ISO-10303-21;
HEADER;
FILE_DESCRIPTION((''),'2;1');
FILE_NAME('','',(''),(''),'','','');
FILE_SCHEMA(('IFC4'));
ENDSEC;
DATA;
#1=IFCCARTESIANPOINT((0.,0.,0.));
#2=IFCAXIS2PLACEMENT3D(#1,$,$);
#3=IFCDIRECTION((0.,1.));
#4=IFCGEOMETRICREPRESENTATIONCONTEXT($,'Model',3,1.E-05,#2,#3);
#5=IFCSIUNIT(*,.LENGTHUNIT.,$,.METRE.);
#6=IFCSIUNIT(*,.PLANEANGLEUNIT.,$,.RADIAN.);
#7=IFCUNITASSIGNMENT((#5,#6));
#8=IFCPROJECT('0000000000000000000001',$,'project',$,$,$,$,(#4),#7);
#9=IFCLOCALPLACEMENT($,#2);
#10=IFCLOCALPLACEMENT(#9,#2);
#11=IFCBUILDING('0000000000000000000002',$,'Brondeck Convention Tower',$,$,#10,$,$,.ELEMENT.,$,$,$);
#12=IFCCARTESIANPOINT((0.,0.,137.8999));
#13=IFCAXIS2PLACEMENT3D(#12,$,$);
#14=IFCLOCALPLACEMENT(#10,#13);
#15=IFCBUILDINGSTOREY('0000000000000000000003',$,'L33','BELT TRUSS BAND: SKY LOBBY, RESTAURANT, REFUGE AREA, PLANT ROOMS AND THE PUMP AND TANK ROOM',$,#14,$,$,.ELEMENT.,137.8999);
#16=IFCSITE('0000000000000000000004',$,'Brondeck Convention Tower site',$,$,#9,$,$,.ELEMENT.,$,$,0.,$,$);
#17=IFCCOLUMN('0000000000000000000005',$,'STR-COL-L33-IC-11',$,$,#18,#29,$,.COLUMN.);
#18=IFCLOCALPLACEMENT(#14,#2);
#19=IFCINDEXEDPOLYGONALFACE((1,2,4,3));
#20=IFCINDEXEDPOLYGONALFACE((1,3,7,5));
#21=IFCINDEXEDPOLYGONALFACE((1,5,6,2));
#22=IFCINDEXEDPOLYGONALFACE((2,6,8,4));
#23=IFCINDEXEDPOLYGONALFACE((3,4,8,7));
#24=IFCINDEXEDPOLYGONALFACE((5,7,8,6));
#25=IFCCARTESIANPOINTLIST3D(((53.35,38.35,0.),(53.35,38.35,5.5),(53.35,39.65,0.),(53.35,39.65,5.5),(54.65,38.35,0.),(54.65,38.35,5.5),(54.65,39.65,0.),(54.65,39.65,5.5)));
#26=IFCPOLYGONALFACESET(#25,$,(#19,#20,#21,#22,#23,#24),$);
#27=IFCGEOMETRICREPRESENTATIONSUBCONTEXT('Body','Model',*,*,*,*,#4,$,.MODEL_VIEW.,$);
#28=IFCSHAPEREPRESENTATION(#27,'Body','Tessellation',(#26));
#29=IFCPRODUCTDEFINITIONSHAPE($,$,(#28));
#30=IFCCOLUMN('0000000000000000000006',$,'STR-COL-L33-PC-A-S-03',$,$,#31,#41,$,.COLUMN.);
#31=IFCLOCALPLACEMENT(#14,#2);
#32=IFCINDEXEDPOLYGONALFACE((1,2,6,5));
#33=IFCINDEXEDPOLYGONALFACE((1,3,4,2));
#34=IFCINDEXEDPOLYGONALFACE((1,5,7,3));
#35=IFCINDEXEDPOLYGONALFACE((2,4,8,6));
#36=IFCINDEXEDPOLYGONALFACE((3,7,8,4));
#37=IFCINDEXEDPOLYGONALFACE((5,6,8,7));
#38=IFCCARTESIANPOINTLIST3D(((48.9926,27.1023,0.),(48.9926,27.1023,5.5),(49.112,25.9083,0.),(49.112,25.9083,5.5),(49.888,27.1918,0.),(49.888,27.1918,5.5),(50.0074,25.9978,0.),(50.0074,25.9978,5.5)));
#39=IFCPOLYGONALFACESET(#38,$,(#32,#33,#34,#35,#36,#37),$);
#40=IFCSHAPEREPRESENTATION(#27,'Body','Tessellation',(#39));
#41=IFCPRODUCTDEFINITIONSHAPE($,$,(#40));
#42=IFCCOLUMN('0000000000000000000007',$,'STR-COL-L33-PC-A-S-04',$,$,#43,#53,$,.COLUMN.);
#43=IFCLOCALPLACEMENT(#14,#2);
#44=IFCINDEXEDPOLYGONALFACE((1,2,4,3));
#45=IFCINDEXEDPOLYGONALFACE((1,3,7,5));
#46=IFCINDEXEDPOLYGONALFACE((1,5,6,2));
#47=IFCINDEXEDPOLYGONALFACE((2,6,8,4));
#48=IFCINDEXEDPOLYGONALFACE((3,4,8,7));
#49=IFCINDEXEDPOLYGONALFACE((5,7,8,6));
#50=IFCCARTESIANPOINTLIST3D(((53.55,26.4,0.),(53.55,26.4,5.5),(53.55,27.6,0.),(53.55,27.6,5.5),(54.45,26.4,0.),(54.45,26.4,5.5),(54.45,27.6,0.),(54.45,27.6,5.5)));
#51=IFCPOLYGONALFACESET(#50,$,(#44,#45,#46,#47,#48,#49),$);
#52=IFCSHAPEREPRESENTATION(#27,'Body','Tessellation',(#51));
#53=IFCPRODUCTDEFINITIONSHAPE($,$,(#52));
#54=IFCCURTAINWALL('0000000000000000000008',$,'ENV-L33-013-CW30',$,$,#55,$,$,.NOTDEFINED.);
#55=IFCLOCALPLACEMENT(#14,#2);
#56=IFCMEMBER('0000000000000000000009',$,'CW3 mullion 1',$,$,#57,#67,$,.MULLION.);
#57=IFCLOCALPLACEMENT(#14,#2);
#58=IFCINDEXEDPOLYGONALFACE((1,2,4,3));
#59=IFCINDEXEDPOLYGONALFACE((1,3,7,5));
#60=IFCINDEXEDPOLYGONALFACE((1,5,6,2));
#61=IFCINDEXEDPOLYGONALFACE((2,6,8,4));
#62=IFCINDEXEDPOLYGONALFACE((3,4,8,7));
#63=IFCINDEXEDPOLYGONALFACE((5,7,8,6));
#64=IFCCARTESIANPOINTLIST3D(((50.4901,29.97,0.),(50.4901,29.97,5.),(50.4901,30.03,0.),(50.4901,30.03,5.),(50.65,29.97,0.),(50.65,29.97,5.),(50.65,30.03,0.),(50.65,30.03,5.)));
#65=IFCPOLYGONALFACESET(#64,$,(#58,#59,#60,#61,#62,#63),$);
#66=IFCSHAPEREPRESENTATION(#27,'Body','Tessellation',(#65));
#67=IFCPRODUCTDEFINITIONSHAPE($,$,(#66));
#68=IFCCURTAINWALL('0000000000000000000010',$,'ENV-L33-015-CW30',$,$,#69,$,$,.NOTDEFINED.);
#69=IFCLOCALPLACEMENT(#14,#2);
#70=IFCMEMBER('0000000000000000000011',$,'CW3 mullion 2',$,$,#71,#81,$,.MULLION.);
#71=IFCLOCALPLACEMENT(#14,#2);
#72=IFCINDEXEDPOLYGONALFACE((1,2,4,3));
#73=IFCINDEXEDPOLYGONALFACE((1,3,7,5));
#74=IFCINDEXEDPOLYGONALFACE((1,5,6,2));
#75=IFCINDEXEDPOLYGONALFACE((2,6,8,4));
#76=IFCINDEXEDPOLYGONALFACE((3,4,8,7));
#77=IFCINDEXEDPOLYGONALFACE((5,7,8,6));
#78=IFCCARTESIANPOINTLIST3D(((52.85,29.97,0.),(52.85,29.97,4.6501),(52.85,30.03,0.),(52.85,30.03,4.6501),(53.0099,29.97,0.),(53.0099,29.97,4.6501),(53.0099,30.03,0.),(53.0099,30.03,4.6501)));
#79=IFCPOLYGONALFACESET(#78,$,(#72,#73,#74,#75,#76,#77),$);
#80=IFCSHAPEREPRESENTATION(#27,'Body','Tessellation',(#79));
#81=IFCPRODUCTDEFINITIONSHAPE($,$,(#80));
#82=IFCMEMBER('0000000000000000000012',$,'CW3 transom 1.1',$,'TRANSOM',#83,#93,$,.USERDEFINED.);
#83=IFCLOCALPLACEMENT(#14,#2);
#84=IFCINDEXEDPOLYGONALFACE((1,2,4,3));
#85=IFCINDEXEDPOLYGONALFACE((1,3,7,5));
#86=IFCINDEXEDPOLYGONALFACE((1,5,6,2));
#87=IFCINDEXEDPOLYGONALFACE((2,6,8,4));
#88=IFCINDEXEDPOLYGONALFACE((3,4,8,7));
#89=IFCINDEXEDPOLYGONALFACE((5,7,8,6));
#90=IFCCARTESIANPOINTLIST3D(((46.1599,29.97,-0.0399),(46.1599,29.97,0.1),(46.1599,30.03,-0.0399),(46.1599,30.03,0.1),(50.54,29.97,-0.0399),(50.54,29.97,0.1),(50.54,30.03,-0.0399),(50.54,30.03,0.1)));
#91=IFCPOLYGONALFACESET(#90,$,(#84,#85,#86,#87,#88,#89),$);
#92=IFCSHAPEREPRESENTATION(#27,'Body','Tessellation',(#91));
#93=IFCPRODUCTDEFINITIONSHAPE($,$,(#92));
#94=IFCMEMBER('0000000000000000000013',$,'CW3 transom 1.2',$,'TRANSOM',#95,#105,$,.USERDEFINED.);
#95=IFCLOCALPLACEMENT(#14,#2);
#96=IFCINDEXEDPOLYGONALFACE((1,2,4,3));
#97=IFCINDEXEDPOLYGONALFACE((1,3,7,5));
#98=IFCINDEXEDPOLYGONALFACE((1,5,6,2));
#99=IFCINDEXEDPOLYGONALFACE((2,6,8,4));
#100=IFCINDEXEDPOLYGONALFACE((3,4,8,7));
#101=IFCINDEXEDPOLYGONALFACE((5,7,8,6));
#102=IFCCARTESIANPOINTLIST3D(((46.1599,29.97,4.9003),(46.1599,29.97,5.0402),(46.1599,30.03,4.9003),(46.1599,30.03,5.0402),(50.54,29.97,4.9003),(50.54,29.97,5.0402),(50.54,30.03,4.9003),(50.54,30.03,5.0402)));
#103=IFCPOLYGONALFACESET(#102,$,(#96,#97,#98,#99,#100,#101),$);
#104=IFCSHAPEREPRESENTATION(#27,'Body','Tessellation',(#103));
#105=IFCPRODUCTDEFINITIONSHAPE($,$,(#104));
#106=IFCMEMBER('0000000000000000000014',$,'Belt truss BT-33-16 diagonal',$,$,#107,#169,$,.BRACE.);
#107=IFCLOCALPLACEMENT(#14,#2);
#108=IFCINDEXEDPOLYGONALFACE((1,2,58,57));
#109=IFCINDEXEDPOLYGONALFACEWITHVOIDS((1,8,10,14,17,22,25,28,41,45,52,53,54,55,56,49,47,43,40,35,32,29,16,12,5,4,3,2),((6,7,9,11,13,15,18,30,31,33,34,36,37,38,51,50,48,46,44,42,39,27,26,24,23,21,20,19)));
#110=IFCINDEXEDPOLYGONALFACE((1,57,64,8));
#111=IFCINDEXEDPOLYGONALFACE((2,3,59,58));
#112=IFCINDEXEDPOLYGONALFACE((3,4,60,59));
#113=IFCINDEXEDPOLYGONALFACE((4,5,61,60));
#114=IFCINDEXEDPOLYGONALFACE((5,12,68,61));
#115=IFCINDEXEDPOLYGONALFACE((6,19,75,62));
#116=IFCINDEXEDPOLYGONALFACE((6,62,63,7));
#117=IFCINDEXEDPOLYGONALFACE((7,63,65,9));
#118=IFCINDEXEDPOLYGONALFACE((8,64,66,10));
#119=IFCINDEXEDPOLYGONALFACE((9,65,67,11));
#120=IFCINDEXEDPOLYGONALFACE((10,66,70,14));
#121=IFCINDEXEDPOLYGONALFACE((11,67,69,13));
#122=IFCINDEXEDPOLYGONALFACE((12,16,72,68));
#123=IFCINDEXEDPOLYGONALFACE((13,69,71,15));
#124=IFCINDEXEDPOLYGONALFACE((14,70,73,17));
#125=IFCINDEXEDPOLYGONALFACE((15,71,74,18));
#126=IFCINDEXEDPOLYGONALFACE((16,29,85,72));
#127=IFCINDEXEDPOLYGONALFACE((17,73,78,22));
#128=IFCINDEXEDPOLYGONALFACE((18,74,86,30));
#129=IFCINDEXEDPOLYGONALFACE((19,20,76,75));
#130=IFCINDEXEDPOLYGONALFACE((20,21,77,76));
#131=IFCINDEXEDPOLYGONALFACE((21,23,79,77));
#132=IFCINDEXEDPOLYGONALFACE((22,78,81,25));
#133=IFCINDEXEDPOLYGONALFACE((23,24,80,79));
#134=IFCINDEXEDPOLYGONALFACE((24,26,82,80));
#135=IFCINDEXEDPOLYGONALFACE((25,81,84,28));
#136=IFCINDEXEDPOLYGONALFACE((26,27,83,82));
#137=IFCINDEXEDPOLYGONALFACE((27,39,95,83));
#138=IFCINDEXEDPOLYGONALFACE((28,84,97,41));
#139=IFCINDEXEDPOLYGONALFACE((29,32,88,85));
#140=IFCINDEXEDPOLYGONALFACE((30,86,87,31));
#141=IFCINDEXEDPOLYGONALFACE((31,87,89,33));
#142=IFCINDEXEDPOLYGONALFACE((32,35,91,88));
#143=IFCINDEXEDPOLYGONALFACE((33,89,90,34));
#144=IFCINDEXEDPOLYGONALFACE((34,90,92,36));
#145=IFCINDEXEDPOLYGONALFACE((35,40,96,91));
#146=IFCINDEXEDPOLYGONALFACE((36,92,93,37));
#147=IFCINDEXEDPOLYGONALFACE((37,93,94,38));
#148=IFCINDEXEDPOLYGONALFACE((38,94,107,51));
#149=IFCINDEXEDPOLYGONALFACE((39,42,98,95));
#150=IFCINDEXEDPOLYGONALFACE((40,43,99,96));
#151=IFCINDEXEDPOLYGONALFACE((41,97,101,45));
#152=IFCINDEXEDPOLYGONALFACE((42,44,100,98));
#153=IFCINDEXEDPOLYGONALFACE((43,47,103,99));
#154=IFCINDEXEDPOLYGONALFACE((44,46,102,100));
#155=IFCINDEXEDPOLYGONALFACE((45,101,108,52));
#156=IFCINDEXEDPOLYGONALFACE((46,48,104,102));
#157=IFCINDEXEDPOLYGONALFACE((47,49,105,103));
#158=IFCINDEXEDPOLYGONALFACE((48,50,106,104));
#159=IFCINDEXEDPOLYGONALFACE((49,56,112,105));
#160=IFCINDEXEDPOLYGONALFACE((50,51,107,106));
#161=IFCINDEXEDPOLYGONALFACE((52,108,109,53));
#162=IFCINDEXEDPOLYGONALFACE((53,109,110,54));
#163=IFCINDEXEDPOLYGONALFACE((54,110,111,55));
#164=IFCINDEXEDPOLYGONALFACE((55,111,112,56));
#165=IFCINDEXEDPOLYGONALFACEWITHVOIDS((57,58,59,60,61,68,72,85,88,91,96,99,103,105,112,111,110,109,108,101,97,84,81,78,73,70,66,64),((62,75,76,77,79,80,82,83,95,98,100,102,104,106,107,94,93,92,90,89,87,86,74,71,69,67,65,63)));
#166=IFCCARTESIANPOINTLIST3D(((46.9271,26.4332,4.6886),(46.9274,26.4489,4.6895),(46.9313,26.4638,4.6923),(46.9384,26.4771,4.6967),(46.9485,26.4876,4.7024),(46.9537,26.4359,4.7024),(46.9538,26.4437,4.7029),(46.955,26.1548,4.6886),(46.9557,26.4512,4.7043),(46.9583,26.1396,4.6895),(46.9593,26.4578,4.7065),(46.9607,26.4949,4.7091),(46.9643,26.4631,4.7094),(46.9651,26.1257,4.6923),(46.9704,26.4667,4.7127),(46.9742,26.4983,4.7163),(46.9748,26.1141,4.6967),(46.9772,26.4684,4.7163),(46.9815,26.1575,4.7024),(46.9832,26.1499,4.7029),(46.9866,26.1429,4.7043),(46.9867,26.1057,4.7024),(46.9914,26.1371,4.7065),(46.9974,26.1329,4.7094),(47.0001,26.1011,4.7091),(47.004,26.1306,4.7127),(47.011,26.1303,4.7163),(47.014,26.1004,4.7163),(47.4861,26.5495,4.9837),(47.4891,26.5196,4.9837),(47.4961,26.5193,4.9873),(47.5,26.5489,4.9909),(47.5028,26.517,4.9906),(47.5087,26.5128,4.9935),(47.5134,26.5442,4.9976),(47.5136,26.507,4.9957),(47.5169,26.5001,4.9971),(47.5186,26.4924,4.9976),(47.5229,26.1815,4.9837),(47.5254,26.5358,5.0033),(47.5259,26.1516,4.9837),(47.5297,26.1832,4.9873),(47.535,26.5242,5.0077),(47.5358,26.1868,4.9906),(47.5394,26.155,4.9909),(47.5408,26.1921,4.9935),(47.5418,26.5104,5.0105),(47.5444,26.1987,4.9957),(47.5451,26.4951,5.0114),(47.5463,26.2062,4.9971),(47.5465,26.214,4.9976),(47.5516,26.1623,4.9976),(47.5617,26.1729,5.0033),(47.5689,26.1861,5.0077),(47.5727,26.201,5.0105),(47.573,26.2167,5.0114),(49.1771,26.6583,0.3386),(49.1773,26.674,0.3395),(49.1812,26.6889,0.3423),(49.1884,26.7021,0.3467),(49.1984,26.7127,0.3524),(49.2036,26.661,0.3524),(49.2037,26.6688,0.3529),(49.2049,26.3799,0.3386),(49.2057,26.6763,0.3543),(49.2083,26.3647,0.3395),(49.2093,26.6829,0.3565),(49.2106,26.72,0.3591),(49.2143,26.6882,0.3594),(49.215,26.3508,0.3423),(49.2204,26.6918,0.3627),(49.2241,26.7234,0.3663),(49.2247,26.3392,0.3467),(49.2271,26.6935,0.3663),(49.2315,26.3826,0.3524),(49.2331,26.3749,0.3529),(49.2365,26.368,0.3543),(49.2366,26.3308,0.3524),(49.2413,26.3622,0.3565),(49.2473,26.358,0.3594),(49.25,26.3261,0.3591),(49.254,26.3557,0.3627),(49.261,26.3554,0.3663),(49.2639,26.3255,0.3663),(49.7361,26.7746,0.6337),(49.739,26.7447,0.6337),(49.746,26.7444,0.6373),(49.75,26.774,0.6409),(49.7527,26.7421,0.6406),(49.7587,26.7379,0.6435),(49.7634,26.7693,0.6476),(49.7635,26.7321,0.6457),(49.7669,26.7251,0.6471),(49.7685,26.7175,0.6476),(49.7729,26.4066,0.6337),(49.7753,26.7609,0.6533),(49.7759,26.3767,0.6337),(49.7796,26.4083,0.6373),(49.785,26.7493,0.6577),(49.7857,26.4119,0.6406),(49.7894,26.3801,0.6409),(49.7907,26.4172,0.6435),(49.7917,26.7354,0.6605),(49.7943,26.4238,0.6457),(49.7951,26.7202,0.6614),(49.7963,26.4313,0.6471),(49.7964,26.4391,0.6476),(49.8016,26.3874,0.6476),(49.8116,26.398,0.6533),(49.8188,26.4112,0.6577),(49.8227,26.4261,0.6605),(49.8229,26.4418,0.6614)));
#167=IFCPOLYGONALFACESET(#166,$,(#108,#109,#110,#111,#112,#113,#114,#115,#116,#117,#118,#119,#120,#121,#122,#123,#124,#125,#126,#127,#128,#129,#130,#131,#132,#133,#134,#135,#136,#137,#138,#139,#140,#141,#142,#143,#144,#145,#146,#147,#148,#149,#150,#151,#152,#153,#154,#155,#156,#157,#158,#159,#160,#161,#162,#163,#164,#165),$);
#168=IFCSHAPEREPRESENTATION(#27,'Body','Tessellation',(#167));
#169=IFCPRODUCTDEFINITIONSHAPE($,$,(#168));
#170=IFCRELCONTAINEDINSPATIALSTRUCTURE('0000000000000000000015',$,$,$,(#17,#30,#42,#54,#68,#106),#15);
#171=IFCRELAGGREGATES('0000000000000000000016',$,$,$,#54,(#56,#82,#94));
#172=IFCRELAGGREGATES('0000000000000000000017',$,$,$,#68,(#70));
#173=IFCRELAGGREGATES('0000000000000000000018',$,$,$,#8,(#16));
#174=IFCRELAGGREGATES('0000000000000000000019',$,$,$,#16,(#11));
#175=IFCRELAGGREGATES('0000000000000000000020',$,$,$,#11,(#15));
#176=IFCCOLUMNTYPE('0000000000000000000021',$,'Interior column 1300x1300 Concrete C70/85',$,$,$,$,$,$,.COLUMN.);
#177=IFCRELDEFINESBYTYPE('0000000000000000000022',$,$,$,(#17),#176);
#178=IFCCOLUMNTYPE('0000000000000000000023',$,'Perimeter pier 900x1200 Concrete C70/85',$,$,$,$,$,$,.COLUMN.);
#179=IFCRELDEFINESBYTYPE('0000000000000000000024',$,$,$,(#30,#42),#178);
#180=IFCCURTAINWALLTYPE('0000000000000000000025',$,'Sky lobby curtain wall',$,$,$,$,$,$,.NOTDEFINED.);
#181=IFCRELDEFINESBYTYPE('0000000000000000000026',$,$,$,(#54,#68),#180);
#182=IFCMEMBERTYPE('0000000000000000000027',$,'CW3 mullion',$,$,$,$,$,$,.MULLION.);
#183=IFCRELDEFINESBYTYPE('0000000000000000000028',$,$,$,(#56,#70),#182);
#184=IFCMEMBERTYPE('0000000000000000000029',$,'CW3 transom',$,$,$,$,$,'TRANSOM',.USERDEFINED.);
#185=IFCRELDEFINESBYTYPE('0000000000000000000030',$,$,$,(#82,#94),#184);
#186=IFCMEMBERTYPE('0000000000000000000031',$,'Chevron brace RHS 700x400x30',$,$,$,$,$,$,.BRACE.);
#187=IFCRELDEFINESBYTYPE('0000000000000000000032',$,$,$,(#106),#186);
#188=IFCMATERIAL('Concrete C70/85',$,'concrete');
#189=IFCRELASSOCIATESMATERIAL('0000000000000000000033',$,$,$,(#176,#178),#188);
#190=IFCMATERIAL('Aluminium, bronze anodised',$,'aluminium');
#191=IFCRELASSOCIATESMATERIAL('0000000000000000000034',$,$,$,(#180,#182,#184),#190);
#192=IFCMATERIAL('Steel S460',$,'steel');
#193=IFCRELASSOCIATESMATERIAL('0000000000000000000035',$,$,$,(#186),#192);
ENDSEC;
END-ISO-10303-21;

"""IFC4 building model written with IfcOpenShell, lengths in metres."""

from ifc_helpers import new_model, si_unit, direction, frame, origin, origin_2d, place, context, subcontext, project, spatial, rectangle, hollow_rectangle, extrude, material, material_profile, profile_set, type_object, element, aggregate, save


model = new_model("IFC4")

# Units and contexts
model_context = context("Model", 3, precision=1e-05, world=origin(), true_north=direction((0.0, 1.0)))
body_context = subcontext(model_context, "Body", "Model", "MODEL_VIEW")
ifc_project = project(units=[si_unit("LENGTHUNIT", "METRE"), si_unit("PLANEANGLEUNIT", "RADIAN")], contexts=[model_context])

# Site, building, storey
site_placement = place(None, origin())
site = spatial("IfcSite", under=ifc_project, at=site_placement, Name="Brondeck Convention Tower site", CompositionType="ELEMENT", RefElevation=0.0)
building_placement = place(site_placement, origin())
building = spatial("IfcBuilding", under=site, at=building_placement, Name="Brondeck Convention Tower", CompositionType="ELEMENT")
storey_placement = place(building_placement, frame((0.0, 0.0, 137.8999)))
storey = spatial("IfcBuildingStorey", under=building, at=storey_placement, Name="L33", Description="BELT TRUSS BAND: SKY LOBBY, RESTAURANT, REFUGE AREA, PLANT ROOMS AND THE PUMP AND TANK ROOM", CompositionType="ELEMENT", Elevation=137.8999)

# Columns
ifc_material_1 = material(Name="Concrete C70/85", Category="concrete")
ifc_material_profile_1 = material_profile(ifc_material_1, rectangle(XDim=1.3, YDim=1.3, at=origin_2d()), Name="Interior column 1300x1300 Concrete C70/85")
ifc_profile_set_1 = profile_set([ifc_material_profile_1], Name="Concrete C70/85")
column_type_1 = type_object("IfcColumnType", Name="Interior column 1300x1300 Concrete C70/85", PredefinedType="COLUMN", material=ifc_profile_set_1)
column_placement = place(storey_placement, frame((54.0, 39.0, 0.0), z_axis=(0.0, 0.0, 1.0), x_axis=(1.0, 0.0, 0.0)))
element("IfcColumn", 1, at=column_placement, inside=storey, type_object=column_type_1, Name="STR-COL-L33-IC-11", PredefinedType="COLUMN", context=body_context, shape_type="SweptSolid", body=[
    extrude(rectangle(XDim=1.3, YDim=1.3, at=origin_2d()), origin(), (0.0, 0.0, 1.0), 5.5),
])
ifc_material_profile_2 = material_profile(ifc_material_1, rectangle(XDim=0.8999, YDim=1.2, at=origin_2d()), Name="Perimeter pier 900x1200 Concrete C70/85")
ifc_profile_set_2 = profile_set([ifc_material_profile_2], Name="Concrete C70/85")
column_type_2 = type_object("IfcColumnType", Name="Perimeter pier 900x1200 Concrete C70/85", PredefinedType="COLUMN", material=ifc_profile_set_2)
for number, where, z_axis, x_axis, name in (
    (2, (49.5, 26.55, 0.0), (0.0, 0.0, 1.0), (0.995037, 0.099504, 0.0), "STR-COL-L33-PC-A-S-03"),
    (3, (54.0, 27.0, 0.0), (0.0, 0.0, 1.0), (1.0, 0.0, 0.0), "STR-COL-L33-PC-A-S-04"),
):
    element("IfcColumn", number, at=place(storey_placement, frame(where, z_axis=z_axis, x_axis=x_axis)), inside=storey, type_object=column_type_2, Name=name, PredefinedType="COLUMN", context=body_context, shape_type="SweptSolid", body=[
        extrude(rectangle(XDim=0.8999, YDim=1.2, at=origin_2d()), origin(), (0.0, 0.0, 1.0), 5.5),
    ])

# Curtain walls, members
ifc_material_2 = material(Name="Aluminium, bronze anodised", Category="aluminium")
curtain_wall_type = type_object("IfcCurtainWallType", Name="Sky lobby curtain wall", PredefinedType="NOTDEFINED", material=ifc_material_2)
curtain_wall_1_placement = place(storey_placement, origin())
curtain_wall_1 = element("IfcCurtainWall", 4, at=curtain_wall_1_placement, inside=storey, type_object=curtain_wall_type, Name="ENV-L33-013-CW30", PredefinedType="NOTDEFINED")
ifc_material_profile_3 = material_profile(ifc_material_2, rectangle(XDim=0.0601, YDim=0.1599, at=origin_2d()), Name="CW3 mullion")
ifc_profile_set_3 = profile_set([ifc_material_profile_3], Name="Aluminium, bronze anodised")
member_type_1 = type_object("IfcMemberType", Name="CW3 mullion", PredefinedType="MULLION", material=ifc_profile_set_3)
member_1_placement = place(storey_placement, frame((50.5701, 30.0, 0.0), z_axis=(0.0, 0.0, 1.0), x_axis=(0.0, -1.0, 0.0)))
member_1 = element("IfcMember", 5, at=member_1_placement, type_object=member_type_1, Name="CW3 mullion 1", PredefinedType="MULLION", context=body_context, shape_type="SweptSolid", body=[
    extrude(rectangle(XDim=0.0601, YDim=0.1599, at=origin_2d()), origin(), (0.0, 0.0, 1.0), 5.0),
])
curtain_wall_2_placement = place(storey_placement, origin())
curtain_wall_2 = element("IfcCurtainWall", 6, at=curtain_wall_2_placement, inside=storey, type_object=curtain_wall_type, Name="ENV-L33-015-CW30", PredefinedType="NOTDEFINED")
member_2_placement = place(storey_placement, frame((52.9299, 30.0, 0.0), z_axis=(0.0, 0.0, 1.0), x_axis=(0.0, -1.0, 0.0)))
member_2 = element("IfcMember", 7, at=member_2_placement, type_object=member_type_1, Name="CW3 mullion 2", PredefinedType="MULLION", context=body_context, shape_type="SweptSolid", body=[
    extrude(rectangle(XDim=0.0601, YDim=0.1599, at=origin_2d()), origin(), (0.0, 0.0, 1.0), 4.6501),
])

# Members
ifc_material_profile_4 = material_profile(ifc_material_2, rectangle(XDim=0.0601, YDim=0.1399, at=origin_2d()), Name="CW3 transom")
ifc_profile_set_4 = profile_set([ifc_material_profile_4], Name="Aluminium, bronze anodised")
member_type_2 = type_object("IfcMemberType", Name="CW3 transom", ElementType="TRANSOM", PredefinedType="USERDEFINED", material=ifc_profile_set_4)
member_3_placement = place(storey_placement, frame((50.54, 30.0, 0.03), z_axis=(-1.0, 0.0, 0.0), x_axis=(0.0, -1.0, 0.0)))
member_3 = element("IfcMember", 8, at=member_3_placement, type_object=member_type_2, Name="CW3 transom 1.1", ObjectType="TRANSOM", PredefinedType="USERDEFINED", context=body_context, shape_type="SweptSolid", body=[
    extrude(rectangle(XDim=0.0601, YDim=0.1399, at=origin_2d()), origin(), (0.0, 0.0, 1.0), 4.3801),
])
member_4_placement = place(storey_placement, frame((50.54, 30.0, 4.9702), z_axis=(-1.0, 0.0, 0.0), x_axis=(0.0, -1.0, 0.0)))
member_4 = element("IfcMember", 9, at=member_4_placement, type_object=member_type_2, Name="CW3 transom 1.2", ObjectType="TRANSOM", PredefinedType="USERDEFINED", context=body_context, shape_type="SweptSolid", body=[
    extrude(rectangle(XDim=0.0601, YDim=0.1399, at=origin_2d()), origin(), (0.0, 0.0, 1.0), 4.3801),
])

# Member
ifc_material_3 = material(Name="Steel S460", Category="steel")
ifc_material_profile_5 = material_profile(ifc_material_3, hollow_rectangle(XDim=0.3999, YDim=0.7, WallThickness=0.03, InnerFilletRadius=0.03, OuterFilletRadius=0.0601, at=origin_2d()), Name="RHS 700x400x30")
ifc_profile_set_5 = profile_set([ifc_material_profile_5], Name="Steel S460")
member_type_3 = type_object("IfcMemberType", Name="Chevron brace RHS 700x400x30", PredefinedType="BRACE", material=ifc_profile_set_5)
for number, where, z_axis, x_axis, name in (
    (10, (49.5, 26.55, 0.5), (-0.45893, -0.045913, 0.887285), (0.099546, -0.995033, 0.0), "Belt truss BT-33-16 diagonal"),
):
    element("IfcMember", number, at=place(storey_placement, frame(where, z_axis=z_axis, x_axis=x_axis)), inside=storey, type_object=member_type_3, Name=name, PredefinedType="BRACE", context=body_context, shape_type="SweptSolid", body=[
        extrude(hollow_rectangle(XDim=0.3999, YDim=0.7, WallThickness=0.03, InnerFilletRadius=0.03, OuterFilletRadius=0.0601, at=origin_2d()), origin(), (0.0, 0.0, 1.0), 4.9026),
    ])

aggregate(curtain_wall_1, [member_1, member_3, member_4])
aggregate(curtain_wall_2, [member_2])

save(model, "model.ifc")
